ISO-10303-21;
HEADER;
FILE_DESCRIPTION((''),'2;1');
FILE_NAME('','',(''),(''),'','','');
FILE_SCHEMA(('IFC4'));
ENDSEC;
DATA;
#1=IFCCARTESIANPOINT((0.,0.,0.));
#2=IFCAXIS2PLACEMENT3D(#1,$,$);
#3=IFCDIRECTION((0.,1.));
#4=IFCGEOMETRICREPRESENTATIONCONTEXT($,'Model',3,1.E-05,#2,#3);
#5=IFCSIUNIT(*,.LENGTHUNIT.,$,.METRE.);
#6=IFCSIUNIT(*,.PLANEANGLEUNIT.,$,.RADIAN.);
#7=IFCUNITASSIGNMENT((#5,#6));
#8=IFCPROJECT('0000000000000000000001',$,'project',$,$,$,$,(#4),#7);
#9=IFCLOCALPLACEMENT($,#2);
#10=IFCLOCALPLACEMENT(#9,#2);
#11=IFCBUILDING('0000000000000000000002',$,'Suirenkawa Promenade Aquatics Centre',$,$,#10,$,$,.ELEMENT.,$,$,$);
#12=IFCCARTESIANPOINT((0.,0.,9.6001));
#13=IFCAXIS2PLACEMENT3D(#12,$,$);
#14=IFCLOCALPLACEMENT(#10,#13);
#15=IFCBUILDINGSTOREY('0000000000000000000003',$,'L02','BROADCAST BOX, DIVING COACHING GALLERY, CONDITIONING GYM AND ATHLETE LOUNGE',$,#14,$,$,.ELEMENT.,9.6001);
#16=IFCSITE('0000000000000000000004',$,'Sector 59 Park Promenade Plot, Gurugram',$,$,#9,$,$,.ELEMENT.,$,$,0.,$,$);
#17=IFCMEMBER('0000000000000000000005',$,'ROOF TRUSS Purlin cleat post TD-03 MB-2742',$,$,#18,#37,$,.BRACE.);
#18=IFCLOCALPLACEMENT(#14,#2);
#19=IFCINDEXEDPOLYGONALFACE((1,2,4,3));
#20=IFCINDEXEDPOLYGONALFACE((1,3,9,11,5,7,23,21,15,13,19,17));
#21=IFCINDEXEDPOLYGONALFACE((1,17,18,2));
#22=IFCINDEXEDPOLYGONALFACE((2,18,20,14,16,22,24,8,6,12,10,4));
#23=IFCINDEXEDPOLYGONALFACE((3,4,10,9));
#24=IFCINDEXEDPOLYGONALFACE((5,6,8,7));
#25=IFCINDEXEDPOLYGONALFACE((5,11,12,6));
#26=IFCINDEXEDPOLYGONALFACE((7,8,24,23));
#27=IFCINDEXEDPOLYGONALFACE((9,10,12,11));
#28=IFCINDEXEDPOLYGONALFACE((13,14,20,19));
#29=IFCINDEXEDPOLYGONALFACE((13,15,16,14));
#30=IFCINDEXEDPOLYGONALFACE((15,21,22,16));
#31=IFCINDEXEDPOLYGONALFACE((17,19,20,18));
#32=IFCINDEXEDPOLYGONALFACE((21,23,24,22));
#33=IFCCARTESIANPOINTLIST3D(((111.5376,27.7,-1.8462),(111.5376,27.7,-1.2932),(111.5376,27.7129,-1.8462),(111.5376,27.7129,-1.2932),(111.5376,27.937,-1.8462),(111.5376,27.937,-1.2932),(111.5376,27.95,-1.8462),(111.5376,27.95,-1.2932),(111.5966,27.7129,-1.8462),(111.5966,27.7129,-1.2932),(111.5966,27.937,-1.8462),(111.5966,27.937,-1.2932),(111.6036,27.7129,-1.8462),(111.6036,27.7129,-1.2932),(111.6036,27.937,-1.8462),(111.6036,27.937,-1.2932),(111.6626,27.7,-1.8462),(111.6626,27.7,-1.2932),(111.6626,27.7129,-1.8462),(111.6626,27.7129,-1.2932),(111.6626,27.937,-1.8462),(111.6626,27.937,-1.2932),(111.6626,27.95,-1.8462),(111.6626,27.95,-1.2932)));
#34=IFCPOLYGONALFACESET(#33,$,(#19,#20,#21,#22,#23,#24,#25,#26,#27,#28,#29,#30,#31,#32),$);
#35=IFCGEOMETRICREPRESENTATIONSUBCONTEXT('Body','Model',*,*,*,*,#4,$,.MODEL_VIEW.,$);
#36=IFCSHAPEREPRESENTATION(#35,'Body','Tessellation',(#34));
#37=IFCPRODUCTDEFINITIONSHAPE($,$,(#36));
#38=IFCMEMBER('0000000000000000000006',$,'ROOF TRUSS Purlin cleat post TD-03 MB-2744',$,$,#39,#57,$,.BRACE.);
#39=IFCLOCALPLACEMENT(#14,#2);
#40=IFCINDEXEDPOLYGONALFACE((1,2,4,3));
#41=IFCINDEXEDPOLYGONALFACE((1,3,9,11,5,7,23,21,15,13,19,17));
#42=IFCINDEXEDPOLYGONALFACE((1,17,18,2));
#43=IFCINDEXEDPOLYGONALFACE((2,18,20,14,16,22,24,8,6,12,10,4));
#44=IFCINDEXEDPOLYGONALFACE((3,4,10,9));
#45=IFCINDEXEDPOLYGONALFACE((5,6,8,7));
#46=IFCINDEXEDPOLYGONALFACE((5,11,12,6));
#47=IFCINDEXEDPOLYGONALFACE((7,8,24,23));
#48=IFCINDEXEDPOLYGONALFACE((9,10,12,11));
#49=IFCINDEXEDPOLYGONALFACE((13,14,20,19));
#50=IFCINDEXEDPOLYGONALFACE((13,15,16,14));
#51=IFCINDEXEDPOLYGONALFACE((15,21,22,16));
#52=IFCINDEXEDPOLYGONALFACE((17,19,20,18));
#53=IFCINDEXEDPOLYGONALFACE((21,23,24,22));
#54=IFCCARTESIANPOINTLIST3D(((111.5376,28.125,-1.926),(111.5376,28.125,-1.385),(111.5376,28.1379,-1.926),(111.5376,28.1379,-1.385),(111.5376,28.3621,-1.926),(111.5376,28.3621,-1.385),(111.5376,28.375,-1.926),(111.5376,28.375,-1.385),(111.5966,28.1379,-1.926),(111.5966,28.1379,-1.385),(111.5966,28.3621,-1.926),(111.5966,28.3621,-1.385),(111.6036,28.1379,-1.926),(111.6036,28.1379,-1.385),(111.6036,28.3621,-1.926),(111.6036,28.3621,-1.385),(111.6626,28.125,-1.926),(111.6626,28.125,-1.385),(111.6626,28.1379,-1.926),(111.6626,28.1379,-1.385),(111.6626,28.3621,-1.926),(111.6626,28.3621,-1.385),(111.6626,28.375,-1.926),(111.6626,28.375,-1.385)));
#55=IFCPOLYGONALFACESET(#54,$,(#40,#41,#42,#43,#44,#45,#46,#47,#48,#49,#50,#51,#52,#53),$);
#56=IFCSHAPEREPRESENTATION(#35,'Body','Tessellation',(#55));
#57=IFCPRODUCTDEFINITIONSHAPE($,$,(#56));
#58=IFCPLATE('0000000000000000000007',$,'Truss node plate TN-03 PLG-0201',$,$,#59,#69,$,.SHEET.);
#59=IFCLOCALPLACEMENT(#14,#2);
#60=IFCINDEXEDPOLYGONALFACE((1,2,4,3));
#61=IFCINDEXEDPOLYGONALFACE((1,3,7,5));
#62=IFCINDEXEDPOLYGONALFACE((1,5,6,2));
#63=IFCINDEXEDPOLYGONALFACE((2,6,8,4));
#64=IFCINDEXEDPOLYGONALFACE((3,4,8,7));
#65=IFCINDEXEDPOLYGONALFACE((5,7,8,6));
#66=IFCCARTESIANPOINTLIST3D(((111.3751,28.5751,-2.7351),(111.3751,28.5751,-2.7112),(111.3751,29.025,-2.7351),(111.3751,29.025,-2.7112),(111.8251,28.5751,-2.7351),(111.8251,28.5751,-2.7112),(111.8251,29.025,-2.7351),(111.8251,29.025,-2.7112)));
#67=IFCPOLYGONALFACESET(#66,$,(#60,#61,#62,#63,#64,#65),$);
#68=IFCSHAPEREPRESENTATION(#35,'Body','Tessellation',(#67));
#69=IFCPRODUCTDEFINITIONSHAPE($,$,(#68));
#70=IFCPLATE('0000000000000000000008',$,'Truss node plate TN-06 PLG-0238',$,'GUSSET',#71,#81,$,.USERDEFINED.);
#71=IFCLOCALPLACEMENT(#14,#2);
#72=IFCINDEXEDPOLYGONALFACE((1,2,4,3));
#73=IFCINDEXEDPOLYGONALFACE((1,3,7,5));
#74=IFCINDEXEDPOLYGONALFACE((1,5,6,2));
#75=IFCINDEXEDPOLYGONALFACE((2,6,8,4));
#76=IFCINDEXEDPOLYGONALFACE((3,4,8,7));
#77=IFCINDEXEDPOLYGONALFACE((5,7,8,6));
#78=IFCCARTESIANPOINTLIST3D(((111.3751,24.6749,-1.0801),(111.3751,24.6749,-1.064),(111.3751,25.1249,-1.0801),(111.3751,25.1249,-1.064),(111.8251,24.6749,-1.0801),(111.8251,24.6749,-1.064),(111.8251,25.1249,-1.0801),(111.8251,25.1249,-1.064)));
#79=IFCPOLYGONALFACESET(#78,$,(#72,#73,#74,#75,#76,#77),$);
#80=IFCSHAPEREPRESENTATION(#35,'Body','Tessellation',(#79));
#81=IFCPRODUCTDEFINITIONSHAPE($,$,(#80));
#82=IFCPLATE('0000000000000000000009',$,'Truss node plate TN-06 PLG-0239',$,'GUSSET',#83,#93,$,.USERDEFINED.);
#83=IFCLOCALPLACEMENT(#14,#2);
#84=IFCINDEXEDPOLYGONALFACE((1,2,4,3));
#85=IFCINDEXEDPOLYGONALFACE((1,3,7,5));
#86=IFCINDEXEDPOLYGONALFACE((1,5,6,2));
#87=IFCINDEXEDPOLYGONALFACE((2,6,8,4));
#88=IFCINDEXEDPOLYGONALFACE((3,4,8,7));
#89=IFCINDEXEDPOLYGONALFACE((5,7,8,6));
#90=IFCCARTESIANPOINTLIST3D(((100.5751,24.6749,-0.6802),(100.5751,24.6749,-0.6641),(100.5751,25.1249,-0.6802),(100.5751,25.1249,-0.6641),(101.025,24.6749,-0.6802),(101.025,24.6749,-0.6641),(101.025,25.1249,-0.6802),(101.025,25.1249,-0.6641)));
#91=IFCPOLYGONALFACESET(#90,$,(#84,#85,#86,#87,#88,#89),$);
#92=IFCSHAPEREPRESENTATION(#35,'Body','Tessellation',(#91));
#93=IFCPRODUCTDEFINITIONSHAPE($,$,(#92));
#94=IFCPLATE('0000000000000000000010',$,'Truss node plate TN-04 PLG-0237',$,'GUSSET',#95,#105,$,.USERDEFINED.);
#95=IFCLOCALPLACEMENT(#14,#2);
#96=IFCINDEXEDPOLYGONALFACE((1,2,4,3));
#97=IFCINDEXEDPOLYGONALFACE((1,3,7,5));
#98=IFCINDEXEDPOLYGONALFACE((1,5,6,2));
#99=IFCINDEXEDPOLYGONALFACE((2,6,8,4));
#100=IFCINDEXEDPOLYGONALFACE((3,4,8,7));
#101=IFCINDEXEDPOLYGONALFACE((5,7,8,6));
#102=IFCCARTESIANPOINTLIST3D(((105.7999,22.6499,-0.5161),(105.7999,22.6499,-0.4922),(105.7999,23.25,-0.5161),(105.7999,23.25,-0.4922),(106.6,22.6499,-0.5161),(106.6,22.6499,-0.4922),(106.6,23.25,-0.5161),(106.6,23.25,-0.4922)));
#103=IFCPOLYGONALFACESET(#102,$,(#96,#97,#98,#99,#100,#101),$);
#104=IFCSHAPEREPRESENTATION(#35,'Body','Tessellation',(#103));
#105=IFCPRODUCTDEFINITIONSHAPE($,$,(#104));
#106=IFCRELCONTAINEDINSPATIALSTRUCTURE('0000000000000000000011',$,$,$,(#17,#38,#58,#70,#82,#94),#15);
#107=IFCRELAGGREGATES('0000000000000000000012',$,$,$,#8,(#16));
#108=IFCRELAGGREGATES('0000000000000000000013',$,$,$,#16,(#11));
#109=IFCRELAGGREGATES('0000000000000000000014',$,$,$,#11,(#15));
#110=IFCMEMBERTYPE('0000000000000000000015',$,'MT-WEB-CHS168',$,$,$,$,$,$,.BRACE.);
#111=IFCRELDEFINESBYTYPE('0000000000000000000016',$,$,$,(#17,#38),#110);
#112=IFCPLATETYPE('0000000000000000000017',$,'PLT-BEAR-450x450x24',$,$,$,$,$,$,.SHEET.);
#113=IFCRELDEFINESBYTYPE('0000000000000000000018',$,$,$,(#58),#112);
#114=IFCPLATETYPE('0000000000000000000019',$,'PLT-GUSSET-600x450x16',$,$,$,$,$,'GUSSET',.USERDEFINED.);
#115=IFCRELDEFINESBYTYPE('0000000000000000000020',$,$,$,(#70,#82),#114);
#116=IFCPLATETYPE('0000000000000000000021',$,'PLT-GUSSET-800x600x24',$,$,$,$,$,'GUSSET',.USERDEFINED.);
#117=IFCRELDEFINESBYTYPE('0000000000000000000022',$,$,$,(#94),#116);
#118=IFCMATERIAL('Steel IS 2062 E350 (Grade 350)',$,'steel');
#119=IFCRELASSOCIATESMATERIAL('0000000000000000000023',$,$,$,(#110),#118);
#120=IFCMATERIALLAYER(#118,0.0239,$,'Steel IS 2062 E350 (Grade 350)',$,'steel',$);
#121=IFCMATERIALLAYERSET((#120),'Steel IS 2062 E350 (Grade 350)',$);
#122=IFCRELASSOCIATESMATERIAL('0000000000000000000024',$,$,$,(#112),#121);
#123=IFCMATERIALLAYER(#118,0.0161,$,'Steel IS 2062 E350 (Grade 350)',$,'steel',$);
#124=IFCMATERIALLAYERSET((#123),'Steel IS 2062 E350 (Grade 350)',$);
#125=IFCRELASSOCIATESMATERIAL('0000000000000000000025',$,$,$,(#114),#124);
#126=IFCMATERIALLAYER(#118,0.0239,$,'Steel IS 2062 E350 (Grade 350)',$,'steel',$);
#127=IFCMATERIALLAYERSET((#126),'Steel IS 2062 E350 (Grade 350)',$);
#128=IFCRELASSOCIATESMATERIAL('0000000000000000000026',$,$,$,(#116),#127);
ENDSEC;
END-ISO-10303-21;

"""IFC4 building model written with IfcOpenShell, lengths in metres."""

from ifc_helpers import new_model, si_unit, direction, frame, origin, origin_2d, place, context, subcontext, project, spatial, rectangle, i_section, extrude, material, layer, layer_set, material_profile, profile_set, type_object, element, save


model = new_model("IFC4")

# Units and contexts
model_context = context("Model", 3, precision=1e-05, world=origin(), true_north=direction((0.0, 1.0)))
body_context = subcontext(model_context, "Body", "Model", "MODEL_VIEW")
ifc_project = project(units=[si_unit("LENGTHUNIT", "METRE"), si_unit("PLANEANGLEUNIT", "RADIAN")], contexts=[model_context])

# Site, building, storey
site_placement = place(None, origin())
site = spatial("IfcSite", under=ifc_project, at=site_placement, Name="Sector 59 Park Promenade Plot, Gurugram", CompositionType="ELEMENT", RefElevation=0.0)
building_placement = place(site_placement, origin())
building = spatial("IfcBuilding", under=site, at=building_placement, Name="Suirenkawa Promenade Aquatics Centre", CompositionType="ELEMENT")
storey_placement = place(building_placement, frame((0.0, 0.0, 9.6001)))
storey = spatial("IfcBuildingStorey", under=building, at=storey_placement, Name="L02", Description="BROADCAST BOX, DIVING COACHING GALLERY, CONDITIONING GYM AND ATHLETE LOUNGE", CompositionType="ELEMENT", Elevation=9.6001)

# Shared definitions
ifc_material = material(Name="Steel IS 2062 E350 (Grade 350)", Category="steel")

# Members
ifc_material_profile_1 = material_profile(ifc_material, i_section(OverallWidth=0.125, OverallDepth=0.25, WebThickness=0.0071, FlangeThickness=0.0129, at=origin_2d()), Name="ISMB 250", Category="steel")
ifc_profile_set_1 = profile_set([ifc_material_profile_1], Name="Steel IS 2062 E350 (Grade 350)")
member_type_1 = type_object("IfcMemberType", Name="MT-WEB-CHS168", PredefinedType="BRACE", material=ifc_profile_set_1)
member_1_placement = place(storey_placement, frame((111.6001, 27.825, -1.8462), z_axis=(0.0, 0.0, 1.0), x_axis=(1.0, 0.0, 0.0)))
element("IfcMember", 1, at=member_1_placement, inside=storey, type_object=member_type_1, Name="ROOF TRUSS Purlin cleat post TD-03 MB-2742", PredefinedType="BRACE", context=body_context, shape_type="SweptSolid", body=[
    extrude(i_section(OverallWidth=0.125, OverallDepth=0.25, WebThickness=0.0071, FlangeThickness=0.0129, at=origin_2d()), origin(), (0.0, 0.0, 1.0), 0.553),
])
member_2_placement = place(storey_placement, frame((111.6001, 28.25, -1.926), z_axis=(0.0, 0.0, 1.0), x_axis=(1.0, 0.0, 0.0)))
element("IfcMember", 2, at=member_2_placement, inside=storey, type_object=member_type_1, Name="ROOF TRUSS Purlin cleat post TD-03 MB-2744", PredefinedType="BRACE", context=body_context, shape_type="SweptSolid", body=[
    extrude(i_section(OverallWidth=0.125, OverallDepth=0.25, WebThickness=0.0071, FlangeThickness=0.0129, at=origin_2d()), origin(), (0.0, 0.0, 1.0), 0.541),
])

# Plates
ifc_layer_1 = layer(ifc_material, 0.0239, Name="Steel IS 2062 E350 (Grade 350)", Category="steel")
ifc_layer_set_1 = layer_set([ifc_layer_1], Name="Steel IS 2062 E350 (Grade 350)")
plate_type_1 = type_object("IfcPlateType", Name="PLT-BEAR-450x450x24", PredefinedType="SHEET", material=ifc_layer_set_1)
plate_1_placement = place(storey_placement, frame((111.6001, 28.8, -2.7351), z_axis=(0.0, 0.0, 1.0), x_axis=(1.0, 0.0, 0.0)))
element("IfcPlate", 3, at=plate_1_placement, inside=storey, type_object=plate_type_1, Name="Truss node plate TN-03 PLG-0201", PredefinedType="SHEET", context=body_context, shape_type="SweptSolid", body=[
    extrude(rectangle(XDim=0.45, YDim=0.45, at=origin_2d()), origin(), (0.0, 0.0, 1.0), 0.0239),
])
ifc_layer_2 = layer(ifc_material, 0.0161, Name="Steel IS 2062 E350 (Grade 350)", Category="steel")
ifc_layer_set_2 = layer_set([ifc_layer_2], Name="Steel IS 2062 E350 (Grade 350)")
plate_type_2 = type_object("IfcPlateType", Name="PLT-GUSSET-600x450x16", ElementType="GUSSET", PredefinedType="USERDEFINED", material=ifc_layer_set_2)
for number, where, z_axis, x_axis, name in (
    (4, (111.6001, 24.8999, -1.0801), (0.0, 0.0, 1.0), (1.0, 0.0, 0.0), "Truss node plate TN-06 PLG-0238"),
    (5, (100.8, 24.8999, -0.6802), (0.0, 0.0, 1.0), (1.0, 0.0, 0.0), "Truss node plate TN-06 PLG-0239"),
):
    element("IfcPlate", number, at=place(storey_placement, frame(where, z_axis=z_axis, x_axis=x_axis)), inside=storey, type_object=plate_type_2, Name=name, ObjectType="GUSSET", PredefinedType="USERDEFINED", context=body_context, shape_type="SweptSolid", body=[
        extrude(rectangle(XDim=0.45, YDim=0.45, at=origin_2d()), origin(), (0.0, 0.0, 1.0), 0.0161),
    ])
ifc_layer_3 = layer(ifc_material, 0.0239, Name="Steel IS 2062 E350 (Grade 350)", Category="steel")
ifc_layer_set_3 = layer_set([ifc_layer_3], Name="Steel IS 2062 E350 (Grade 350)")
plate_type_3 = type_object("IfcPlateType", Name="PLT-GUSSET-800x600x24", ElementType="GUSSET", PredefinedType="USERDEFINED", material=ifc_layer_set_3)
plate_2_placement = place(storey_placement, frame((106.2, 22.95, -0.5161), z_axis=(0.0, 0.0, 1.0), x_axis=(1.0, 0.0, 0.0)))
element("IfcPlate", 6, at=plate_2_placement, inside=storey, type_object=plate_type_3, Name="Truss node plate TN-04 PLG-0237", ObjectType="GUSSET", PredefinedType="USERDEFINED", context=body_context, shape_type="SweptSolid", body=[
    extrude(rectangle(XDim=0.8, YDim=0.6001, at=origin_2d()), origin(), (0.0, 0.0, 1.0), 0.0239),
])

save(model, "model.ifc")
